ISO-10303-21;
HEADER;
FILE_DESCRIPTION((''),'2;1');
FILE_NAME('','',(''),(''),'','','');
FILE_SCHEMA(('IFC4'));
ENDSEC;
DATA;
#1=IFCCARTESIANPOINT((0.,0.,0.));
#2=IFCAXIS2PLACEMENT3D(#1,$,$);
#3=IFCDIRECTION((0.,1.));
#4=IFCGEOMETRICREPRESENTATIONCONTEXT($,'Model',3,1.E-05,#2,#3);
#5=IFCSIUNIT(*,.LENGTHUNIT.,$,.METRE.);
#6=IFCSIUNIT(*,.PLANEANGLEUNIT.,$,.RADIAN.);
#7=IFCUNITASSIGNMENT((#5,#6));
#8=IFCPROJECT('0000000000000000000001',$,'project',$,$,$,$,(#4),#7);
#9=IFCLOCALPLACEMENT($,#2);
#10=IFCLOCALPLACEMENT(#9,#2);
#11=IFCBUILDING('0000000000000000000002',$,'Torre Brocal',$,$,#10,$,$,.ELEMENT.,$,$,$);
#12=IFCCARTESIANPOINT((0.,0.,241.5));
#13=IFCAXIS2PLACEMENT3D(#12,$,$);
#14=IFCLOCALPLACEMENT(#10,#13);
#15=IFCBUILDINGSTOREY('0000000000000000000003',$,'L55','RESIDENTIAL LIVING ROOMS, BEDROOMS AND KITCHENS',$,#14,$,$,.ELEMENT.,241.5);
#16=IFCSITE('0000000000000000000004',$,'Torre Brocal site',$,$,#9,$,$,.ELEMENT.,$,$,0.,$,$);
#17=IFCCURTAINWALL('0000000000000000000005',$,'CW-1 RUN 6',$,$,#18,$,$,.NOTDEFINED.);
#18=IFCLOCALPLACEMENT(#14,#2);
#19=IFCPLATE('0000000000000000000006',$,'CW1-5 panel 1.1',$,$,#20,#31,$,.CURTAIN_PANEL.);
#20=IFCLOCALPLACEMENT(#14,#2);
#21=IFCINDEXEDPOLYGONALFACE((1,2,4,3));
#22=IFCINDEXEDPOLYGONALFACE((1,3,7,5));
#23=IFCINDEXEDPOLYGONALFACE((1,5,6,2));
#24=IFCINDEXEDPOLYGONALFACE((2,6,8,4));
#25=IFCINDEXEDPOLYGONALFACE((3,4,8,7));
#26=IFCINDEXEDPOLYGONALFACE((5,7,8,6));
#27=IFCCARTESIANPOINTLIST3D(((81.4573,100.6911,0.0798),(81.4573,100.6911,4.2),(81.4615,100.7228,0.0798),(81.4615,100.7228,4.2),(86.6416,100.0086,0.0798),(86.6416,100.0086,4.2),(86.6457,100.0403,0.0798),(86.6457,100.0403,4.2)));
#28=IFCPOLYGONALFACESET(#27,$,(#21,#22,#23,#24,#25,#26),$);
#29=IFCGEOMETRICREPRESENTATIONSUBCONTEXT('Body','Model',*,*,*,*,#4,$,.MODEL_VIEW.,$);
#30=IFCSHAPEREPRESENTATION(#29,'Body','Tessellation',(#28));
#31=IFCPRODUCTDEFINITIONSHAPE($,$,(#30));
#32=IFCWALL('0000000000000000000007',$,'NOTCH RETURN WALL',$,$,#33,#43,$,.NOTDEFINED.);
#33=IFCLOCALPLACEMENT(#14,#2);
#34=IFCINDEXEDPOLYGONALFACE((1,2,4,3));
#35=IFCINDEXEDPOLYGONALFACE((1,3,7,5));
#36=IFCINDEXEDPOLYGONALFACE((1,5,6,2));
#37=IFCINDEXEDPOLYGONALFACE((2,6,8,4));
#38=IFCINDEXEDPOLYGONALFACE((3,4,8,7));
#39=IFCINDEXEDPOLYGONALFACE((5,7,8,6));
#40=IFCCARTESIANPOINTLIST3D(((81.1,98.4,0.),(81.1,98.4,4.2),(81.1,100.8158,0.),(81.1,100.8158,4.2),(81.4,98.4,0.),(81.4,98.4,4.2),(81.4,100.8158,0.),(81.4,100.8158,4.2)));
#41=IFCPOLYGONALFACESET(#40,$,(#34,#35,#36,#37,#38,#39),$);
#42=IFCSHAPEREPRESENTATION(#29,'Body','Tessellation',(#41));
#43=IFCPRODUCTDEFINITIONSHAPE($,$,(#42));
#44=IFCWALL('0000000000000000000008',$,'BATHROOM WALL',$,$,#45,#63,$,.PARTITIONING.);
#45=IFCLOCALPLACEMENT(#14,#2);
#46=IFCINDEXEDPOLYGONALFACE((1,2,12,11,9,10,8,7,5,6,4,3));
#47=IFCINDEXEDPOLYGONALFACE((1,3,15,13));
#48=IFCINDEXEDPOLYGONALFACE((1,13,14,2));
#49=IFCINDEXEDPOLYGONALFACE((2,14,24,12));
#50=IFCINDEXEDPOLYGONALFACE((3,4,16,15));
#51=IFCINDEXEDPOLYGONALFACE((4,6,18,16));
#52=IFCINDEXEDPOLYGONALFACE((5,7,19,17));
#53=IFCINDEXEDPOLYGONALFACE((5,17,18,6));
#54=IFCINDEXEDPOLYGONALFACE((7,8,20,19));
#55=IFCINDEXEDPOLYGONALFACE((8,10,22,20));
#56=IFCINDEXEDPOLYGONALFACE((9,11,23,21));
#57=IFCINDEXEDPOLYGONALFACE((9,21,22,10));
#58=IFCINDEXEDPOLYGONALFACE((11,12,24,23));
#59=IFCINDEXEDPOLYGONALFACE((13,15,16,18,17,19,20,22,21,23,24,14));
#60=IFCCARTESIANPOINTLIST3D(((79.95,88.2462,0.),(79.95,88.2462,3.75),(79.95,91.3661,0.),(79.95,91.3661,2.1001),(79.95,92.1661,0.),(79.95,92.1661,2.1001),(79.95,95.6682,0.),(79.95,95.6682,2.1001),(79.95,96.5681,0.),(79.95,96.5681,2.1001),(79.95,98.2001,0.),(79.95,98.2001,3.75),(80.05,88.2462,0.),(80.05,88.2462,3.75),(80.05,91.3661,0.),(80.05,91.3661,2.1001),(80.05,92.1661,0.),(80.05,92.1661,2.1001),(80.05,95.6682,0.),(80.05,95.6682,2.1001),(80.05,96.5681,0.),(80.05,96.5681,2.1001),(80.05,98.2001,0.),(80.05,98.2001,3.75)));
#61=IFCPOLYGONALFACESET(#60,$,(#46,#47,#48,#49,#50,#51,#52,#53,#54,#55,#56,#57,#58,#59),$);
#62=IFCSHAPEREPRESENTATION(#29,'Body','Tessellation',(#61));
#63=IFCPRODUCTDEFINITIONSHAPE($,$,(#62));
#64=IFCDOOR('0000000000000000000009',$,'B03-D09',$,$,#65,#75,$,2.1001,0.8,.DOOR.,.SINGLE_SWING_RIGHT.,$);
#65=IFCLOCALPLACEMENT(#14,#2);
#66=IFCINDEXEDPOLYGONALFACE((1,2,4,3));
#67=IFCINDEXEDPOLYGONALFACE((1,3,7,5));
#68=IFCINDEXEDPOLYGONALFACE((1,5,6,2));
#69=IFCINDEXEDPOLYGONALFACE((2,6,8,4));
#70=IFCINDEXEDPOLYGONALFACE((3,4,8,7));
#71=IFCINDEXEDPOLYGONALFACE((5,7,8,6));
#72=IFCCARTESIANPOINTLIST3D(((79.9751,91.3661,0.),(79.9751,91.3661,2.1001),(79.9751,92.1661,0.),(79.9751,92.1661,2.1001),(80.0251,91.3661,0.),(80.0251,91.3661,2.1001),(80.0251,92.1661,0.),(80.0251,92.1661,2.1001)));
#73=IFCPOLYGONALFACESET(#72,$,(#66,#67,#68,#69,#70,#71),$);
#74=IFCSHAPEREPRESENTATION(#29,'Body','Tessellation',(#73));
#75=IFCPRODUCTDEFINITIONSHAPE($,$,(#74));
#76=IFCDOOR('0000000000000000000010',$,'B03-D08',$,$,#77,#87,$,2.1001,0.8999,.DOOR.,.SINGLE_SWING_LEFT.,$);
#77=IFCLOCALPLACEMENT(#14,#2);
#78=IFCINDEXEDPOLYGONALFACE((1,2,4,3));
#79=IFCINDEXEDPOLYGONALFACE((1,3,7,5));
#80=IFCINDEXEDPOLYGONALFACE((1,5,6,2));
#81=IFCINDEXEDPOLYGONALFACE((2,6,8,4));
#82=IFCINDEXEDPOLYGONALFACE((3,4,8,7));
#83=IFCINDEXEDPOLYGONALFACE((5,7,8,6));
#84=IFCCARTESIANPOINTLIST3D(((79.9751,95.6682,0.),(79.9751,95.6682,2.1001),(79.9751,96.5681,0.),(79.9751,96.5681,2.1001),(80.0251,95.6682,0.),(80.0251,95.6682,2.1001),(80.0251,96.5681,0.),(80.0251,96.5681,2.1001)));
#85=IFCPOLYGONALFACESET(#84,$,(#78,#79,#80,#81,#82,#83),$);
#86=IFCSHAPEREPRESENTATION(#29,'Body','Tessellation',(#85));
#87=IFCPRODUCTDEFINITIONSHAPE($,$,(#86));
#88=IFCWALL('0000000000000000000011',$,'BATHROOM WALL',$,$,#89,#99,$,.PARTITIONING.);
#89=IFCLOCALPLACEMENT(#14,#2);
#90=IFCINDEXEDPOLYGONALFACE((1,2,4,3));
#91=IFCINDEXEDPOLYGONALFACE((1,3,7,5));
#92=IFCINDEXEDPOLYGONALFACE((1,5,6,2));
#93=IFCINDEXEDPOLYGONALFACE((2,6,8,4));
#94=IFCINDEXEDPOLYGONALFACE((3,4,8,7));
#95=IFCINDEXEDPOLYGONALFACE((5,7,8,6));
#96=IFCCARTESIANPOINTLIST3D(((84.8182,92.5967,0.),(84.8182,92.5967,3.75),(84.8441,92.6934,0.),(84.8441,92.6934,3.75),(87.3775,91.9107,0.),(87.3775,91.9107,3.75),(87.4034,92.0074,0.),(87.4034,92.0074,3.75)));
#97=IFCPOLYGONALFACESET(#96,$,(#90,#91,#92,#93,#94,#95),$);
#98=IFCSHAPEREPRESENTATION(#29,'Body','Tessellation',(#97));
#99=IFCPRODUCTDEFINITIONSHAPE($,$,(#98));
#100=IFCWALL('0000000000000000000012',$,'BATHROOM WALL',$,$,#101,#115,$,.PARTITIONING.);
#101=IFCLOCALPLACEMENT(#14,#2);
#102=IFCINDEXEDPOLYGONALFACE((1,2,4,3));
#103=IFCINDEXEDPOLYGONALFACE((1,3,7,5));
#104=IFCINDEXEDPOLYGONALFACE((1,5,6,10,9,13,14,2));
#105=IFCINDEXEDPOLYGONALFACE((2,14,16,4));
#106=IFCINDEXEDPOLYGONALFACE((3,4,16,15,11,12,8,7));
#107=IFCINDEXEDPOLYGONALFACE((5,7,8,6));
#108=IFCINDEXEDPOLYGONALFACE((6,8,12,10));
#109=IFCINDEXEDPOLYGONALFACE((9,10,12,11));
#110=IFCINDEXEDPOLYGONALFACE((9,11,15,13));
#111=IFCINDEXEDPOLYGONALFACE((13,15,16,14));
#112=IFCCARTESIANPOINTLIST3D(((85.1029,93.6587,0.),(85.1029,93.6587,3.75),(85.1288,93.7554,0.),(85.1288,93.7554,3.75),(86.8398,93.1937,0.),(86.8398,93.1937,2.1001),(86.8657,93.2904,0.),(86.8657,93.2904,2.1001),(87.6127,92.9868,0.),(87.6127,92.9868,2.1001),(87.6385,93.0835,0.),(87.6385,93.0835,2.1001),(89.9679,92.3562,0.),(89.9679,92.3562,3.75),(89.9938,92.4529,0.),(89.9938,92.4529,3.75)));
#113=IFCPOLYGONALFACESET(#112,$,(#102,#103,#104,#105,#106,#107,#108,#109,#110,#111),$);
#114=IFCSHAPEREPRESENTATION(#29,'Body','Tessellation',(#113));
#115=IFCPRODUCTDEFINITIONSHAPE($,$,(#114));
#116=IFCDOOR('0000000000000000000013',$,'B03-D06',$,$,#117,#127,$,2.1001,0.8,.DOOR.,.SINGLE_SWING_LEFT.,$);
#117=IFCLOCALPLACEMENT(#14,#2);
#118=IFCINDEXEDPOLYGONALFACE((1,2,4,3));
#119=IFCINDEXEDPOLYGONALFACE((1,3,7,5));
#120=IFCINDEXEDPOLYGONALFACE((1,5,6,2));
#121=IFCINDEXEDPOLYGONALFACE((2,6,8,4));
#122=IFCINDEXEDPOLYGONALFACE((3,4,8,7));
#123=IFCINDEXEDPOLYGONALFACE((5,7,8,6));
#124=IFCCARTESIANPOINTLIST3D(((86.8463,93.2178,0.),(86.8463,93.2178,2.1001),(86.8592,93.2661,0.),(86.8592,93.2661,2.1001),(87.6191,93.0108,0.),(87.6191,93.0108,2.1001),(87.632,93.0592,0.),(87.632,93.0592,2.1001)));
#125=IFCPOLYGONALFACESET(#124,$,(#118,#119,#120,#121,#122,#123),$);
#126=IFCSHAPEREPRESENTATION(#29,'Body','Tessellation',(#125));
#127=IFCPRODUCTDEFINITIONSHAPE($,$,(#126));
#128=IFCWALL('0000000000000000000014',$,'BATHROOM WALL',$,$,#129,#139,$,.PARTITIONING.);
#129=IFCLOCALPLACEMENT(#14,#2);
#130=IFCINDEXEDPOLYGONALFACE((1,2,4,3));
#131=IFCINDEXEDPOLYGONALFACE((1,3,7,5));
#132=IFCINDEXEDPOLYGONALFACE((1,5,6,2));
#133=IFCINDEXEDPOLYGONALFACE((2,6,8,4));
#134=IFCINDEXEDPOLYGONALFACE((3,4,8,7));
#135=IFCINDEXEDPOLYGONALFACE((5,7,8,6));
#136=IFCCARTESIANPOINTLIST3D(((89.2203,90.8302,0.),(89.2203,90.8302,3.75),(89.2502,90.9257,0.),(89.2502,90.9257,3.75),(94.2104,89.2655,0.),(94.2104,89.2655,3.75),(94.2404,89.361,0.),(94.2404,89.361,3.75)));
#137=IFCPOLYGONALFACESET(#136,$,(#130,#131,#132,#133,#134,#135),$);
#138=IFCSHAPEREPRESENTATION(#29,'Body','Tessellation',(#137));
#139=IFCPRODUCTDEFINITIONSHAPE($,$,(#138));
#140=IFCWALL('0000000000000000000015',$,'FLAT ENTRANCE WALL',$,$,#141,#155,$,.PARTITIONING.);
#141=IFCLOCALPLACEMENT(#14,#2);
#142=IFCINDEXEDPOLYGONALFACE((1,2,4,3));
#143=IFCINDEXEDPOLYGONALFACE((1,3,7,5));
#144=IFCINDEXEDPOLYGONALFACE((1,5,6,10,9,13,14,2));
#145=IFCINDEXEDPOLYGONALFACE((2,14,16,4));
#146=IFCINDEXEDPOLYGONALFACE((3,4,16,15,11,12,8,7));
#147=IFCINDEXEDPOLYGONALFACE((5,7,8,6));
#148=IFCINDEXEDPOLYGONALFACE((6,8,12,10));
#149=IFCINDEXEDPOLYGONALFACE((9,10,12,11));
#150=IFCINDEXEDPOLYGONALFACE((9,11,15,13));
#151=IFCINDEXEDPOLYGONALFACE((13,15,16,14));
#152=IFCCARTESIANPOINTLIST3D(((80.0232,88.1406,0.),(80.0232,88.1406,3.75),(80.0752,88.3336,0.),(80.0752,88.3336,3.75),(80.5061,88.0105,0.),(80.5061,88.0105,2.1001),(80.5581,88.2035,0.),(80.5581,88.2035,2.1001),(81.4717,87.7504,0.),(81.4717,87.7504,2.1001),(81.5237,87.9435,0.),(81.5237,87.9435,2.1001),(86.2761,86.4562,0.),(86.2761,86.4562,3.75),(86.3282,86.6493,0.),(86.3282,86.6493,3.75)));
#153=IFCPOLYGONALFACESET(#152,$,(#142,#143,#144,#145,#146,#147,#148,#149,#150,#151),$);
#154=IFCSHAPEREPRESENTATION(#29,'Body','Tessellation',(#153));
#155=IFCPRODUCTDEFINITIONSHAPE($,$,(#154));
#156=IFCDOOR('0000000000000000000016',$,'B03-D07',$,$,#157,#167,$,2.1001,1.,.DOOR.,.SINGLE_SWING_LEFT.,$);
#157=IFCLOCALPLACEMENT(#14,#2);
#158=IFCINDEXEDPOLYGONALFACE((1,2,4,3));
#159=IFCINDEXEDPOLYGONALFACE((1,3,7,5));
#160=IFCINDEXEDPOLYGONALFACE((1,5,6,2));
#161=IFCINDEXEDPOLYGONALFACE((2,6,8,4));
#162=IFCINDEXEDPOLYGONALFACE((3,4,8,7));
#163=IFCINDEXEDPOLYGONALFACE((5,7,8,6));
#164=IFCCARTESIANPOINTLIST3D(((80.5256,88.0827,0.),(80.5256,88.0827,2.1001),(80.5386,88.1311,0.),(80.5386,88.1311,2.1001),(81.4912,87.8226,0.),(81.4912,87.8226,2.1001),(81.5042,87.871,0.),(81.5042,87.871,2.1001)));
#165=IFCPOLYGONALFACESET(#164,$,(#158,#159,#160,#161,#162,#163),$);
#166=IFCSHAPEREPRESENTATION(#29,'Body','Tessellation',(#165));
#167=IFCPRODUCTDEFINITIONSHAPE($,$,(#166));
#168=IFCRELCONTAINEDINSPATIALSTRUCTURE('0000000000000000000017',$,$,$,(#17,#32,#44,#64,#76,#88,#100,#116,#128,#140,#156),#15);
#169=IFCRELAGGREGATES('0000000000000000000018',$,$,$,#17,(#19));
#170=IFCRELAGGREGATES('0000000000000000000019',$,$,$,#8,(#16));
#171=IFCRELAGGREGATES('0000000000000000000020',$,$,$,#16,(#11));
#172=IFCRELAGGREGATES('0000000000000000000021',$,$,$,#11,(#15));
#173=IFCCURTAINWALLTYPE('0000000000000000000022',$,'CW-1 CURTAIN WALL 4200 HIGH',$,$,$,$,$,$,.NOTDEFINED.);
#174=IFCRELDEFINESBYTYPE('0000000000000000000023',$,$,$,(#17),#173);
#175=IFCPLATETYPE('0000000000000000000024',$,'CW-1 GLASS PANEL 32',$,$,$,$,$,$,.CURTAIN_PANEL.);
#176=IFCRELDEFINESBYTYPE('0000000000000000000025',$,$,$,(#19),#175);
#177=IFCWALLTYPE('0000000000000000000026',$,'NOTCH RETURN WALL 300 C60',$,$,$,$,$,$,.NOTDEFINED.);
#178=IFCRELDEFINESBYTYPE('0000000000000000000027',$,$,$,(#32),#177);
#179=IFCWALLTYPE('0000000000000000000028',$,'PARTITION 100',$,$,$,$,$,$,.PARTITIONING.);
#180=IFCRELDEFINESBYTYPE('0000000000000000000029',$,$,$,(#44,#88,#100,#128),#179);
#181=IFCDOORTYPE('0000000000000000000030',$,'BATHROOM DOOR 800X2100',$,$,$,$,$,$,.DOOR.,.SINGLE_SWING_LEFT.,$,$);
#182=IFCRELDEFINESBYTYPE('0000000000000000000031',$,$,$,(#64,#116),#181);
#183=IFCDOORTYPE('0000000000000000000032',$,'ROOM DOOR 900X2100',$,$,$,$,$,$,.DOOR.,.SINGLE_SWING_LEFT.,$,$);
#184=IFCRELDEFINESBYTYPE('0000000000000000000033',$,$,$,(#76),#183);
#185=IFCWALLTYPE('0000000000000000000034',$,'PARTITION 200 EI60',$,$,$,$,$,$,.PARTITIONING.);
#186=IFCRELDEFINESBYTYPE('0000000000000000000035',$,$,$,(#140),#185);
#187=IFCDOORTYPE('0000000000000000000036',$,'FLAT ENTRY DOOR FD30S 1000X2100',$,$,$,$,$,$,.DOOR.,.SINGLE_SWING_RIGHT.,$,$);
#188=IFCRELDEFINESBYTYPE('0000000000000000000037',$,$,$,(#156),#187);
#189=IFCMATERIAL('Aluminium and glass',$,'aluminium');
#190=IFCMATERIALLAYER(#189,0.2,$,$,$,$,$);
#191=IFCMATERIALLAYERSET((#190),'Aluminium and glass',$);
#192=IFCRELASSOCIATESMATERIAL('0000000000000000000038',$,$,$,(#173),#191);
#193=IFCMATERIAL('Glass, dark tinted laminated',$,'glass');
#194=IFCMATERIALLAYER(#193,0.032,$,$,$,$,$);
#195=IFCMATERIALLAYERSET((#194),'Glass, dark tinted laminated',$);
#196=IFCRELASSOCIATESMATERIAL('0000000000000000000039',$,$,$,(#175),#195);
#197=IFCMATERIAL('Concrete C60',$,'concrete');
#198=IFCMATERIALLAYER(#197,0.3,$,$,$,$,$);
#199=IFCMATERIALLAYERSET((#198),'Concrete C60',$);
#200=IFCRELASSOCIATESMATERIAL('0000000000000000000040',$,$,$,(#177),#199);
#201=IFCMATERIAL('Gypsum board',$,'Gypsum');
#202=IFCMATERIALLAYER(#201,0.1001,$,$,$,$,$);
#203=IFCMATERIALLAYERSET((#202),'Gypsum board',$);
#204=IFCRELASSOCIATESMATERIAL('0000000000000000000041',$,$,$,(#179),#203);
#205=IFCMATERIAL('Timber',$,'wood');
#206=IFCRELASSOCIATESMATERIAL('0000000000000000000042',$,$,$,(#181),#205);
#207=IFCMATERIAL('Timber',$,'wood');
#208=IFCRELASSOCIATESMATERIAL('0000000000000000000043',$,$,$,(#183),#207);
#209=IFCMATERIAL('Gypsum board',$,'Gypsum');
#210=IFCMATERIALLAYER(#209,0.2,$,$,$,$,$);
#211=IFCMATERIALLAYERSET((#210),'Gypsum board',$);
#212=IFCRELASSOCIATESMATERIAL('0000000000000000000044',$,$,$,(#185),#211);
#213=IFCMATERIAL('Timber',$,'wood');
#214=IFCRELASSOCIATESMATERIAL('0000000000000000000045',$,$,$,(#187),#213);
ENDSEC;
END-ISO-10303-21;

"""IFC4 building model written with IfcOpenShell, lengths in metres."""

from ifc_helpers import new_model, si_unit, direction, frame, frame_2d, origin, origin_2d, place, context, subcontext, project, spatial, rectangle, extrude, material, layer, layer_set, type_object, element, fill, aggregate, save


model = new_model("IFC4")

# Units and contexts
model_context = context("Model", 3, precision=1e-05, world=origin(), true_north=direction((0.0, 1.0)))
body_context = subcontext(model_context, "Body", "Model", "MODEL_VIEW")
ifc_project = project(units=[si_unit("LENGTHUNIT", "METRE"), si_unit("PLANEANGLEUNIT", "RADIAN")], contexts=[model_context])

# Site, building, storey
site_placement = place(None, origin())
site = spatial("IfcSite", under=ifc_project, at=site_placement, Name="Torre Brocal site", CompositionType="ELEMENT", RefElevation=0.0)
building_placement = place(site_placement, origin())
building = spatial("IfcBuilding", under=site, at=building_placement, Name="Torre Brocal", CompositionType="ELEMENT")
storey_placement = place(building_placement, frame((0.0, 0.0, 241.5)))
storey = spatial("IfcBuildingStorey", under=building, at=storey_placement, Name="L55", Description="RESIDENTIAL LIVING ROOMS, BEDROOMS AND KITCHENS", CompositionType="ELEMENT", Elevation=241.5)

# Shared definitions
ifc_material_1 = material(Name="Aluminium and glass", Category="aluminium")
ifc_layer_1 = layer(ifc_material_1, 0.2)
ifc_layer_set_1 = layer_set([ifc_layer_1], Name="Aluminium and glass")
curtain_wall_type = type_object("IfcCurtainWallType", Name="CW-1 CURTAIN WALL 4200 HIGH", PredefinedType="NOTDEFINED", material=ifc_layer_set_1)

# Curtain wall
curtain_wall_1_placement = place(storey_placement, origin())
curtain_wall_1 = element("IfcCurtainWall", 1, at=curtain_wall_1_placement, inside=storey, type_object=curtain_wall_type, Name="CW-1 RUN 6", PredefinedType="NOTDEFINED")

# Plate
ifc_material_2 = material(Name="Glass, dark tinted laminated", Category="glass")
ifc_layer_2 = layer(ifc_material_2, 0.032)
ifc_layer_set_2 = layer_set([ifc_layer_2], Name="Glass, dark tinted laminated")
plate_type = type_object("IfcPlateType", Name="CW-1 GLASS PANEL 32", PredefinedType="CURTAIN_PANEL", material=ifc_layer_set_2)
plate_1_placement = place(storey_placement, frame((84.0515, 100.3657, 0.0798), z_axis=(0.0, 0.0, 1.0), x_axis=(-0.991445, 0.130526, 0.0)))
plate_1 = element("IfcPlate", 2, at=plate_1_placement, type_object=plate_type, Name="CW1-5 panel 1.1", PredefinedType="CURTAIN_PANEL", context=body_context, shape_type="SweptSolid", body=[
    extrude(rectangle(XDim=5.229, YDim=0.032, at=origin_2d()), origin(), (0.0, 0.0, 1.0), 4.1201),
])
aggregate(curtain_wall_1, [plate_1])

# Wall
ifc_material_3 = material(Name="Concrete C60", Category="concrete")
ifc_layer_3 = layer(ifc_material_3, 0.3)
ifc_layer_set_3 = layer_set([ifc_layer_3], Name="Concrete C60")
wall_type_1 = type_object("IfcWallType", Name="NOTCH RETURN WALL 300 C60", PredefinedType="NOTDEFINED", material=ifc_layer_set_3)
wall_1_placement = place(storey_placement, frame((81.25, 98.3999, 0.0), z_axis=(0.0, 0.0, 1.0), x_axis=(0.0, 1.0, 0.0)))
element("IfcWall", 3, at=wall_1_placement, inside=storey, type_object=wall_type_1, Name="NOTCH RETURN WALL", PredefinedType="NOTDEFINED", context=body_context, shape_type="SweptSolid", body=[
    extrude(rectangle(XDim=2.4158, YDim=0.3, at=frame_2d((1.208, 0.0))), origin(), (0.0, 0.0, 1.0), 4.2),
])

# Wall, openings, doors
ifc_material_4 = material(Name="Gypsum board", Category="Gypsum")
ifc_layer_4 = layer(ifc_material_4, 0.1001)
ifc_layer_set_4 = layer_set([ifc_layer_4], Name="Gypsum board")
wall_type_2 = type_object("IfcWallType", Name="PARTITION 100", PredefinedType="PARTITIONING", material=ifc_layer_set_4)
wall_2_placement = place(storey_placement, frame((80.0, 88.2461, 0.0), z_axis=(0.0, 0.0, 1.0), x_axis=(0.0, 1.0, 0.0)))
wall_2 = element("IfcWall", 4, at=wall_2_placement, inside=storey, type_object=wall_type_2, Name="BATHROOM WALL", PredefinedType="PARTITIONING", context=body_context, shape_type="SweptSolid", body=[
    extrude(rectangle(XDim=9.9539, YDim=0.1001, at=frame_2d((4.9771, 0.0))), origin(), (0.0, 0.0, 1.0), 3.75),
])
opening_1_placement = place(wall_2_placement, frame((7.4221, 0.0, 0.0)))
opening_1 = element("IfcOpeningElement", 5, at=opening_1_placement, cuts=wall_2, PredefinedType="OPENING", context=body_context, shape_type="SweptSolid", body=[
    extrude(rectangle(XDim=0.8999, YDim=2.1001, at=frame_2d((0.45, 1.05))), frame((0.0, 0.0601, 0.0), z_axis=(0.0, -1.0, 0.0), x_axis=(1.0, 0.0, 0.0)), (0.0, 0.0, 1.0), 0.1201),
])
opening_2_placement = place(wall_2_placement, frame((3.1201, 0.0, 0.0)))
opening_2 = element("IfcOpeningElement", 6, at=opening_2_placement, cuts=wall_2, PredefinedType="OPENING", context=body_context, shape_type="SweptSolid", body=[
    extrude(rectangle(XDim=0.8, YDim=2.1001, at=frame_2d((0.3999, 1.05))), frame((0.0, 0.0601, 0.0), z_axis=(0.0, -1.0, 0.0), x_axis=(1.0, 0.0, 0.0)), (0.0, 0.0, 1.0), 0.1201),
])
ifc_material_5 = material(Name="Timber", Category="wood")
door_type_1 = type_object("IfcDoorType", Name="BATHROOM DOOR 800X2100", OperationType="SINGLE_SWING_LEFT", PredefinedType="DOOR", material=ifc_material_5)
door_1_placement = place(opening_2_placement, origin())
door_1 = element("IfcDoor", 7, at=door_1_placement, inside=storey, type_object=door_type_1, Name="B03-D09", OperationType="SINGLE_SWING_RIGHT", OverallHeight=2.1001, OverallWidth=0.8, PredefinedType="DOOR", context=body_context, shape_type="SweptSolid", body=[
    extrude(rectangle(XDim=0.8, YDim=2.1001, at=frame_2d((0.3999, 1.05))), frame((0.0, 0.0249, 0.0), z_axis=(0.0, -1.0, 0.0), x_axis=(1.0, 0.0, 0.0)), (0.0, 0.0, 1.0), 0.05),
])
fill(opening_2, door_1)
ifc_material_6 = material(Name="Timber", Category="wood")
door_type_2 = type_object("IfcDoorType", Name="ROOM DOOR 900X2100", OperationType="SINGLE_SWING_LEFT", PredefinedType="DOOR", material=ifc_material_6)
door_2_placement = place(opening_1_placement, origin())
door_2 = element("IfcDoor", 8, at=door_2_placement, inside=storey, type_object=door_type_2, Name="B03-D08", OperationType="SINGLE_SWING_LEFT", OverallHeight=2.1001, OverallWidth=0.8999, PredefinedType="DOOR", context=body_context, shape_type="SweptSolid", body=[
    extrude(rectangle(XDim=0.8999, YDim=2.1001, at=frame_2d((0.45, 1.05))), frame((0.0, 0.0249, 0.0), z_axis=(0.0, -1.0, 0.0), x_axis=(1.0, 0.0, 0.0)), (0.0, 0.0, 1.0), 0.05),
])
fill(opening_1, door_2)

# Wall
wall_3_placement = place(storey_placement, frame((84.8313, 92.645, 0.0), z_axis=(0.0, 0.0, 1.0), x_axis=(0.965901, -0.258913, 0.0)))
element("IfcWall", 9, at=wall_3_placement, inside=storey, type_object=wall_type_2, Name="BATHROOM WALL", PredefinedType="PARTITIONING", context=body_context, shape_type="SweptSolid", body=[
    extrude(rectangle(XDim=2.6497, YDim=0.1001, at=frame_2d((1.3247, 0.0))), origin(), (0.0, 0.0, 1.0), 3.75),
])

# Wall, opening, door
wall_4_placement = place(storey_placement, frame((85.116, 93.707, 0.0), z_axis=(0.0, 0.0, 1.0), x_axis=(0.965979, -0.258619, 0.0)))
wall_4 = element("IfcWall", 10, at=wall_4_placement, inside=storey, type_object=wall_type_2, Name="BATHROOM WALL", PredefinedType="PARTITIONING", context=body_context, shape_type="SweptSolid", body=[
    extrude(rectangle(XDim=5.0364, YDim=0.1001, at=frame_2d((2.5181, 0.0))), origin(), (0.0, 0.0, 1.0), 3.75),
])
opening_3_placement = place(wall_4_placement, frame((1.7981, 0.0, 0.0)))
opening_3 = element("IfcOpeningElement", 11, at=opening_3_placement, cuts=wall_4, PredefinedType="OPENING", context=body_context, shape_type="SweptSolid", body=[
    extrude(rectangle(XDim=0.8, YDim=2.1001, at=frame_2d((0.3999, 1.05))), frame((0.0, 0.0601, 0.0), z_axis=(0.0, -1.0, 0.0), x_axis=(1.0, 0.0, 0.0)), (0.0, 0.0, 1.0), 0.1201),
])
door_3_placement = place(opening_3_placement, origin())
door_3 = element("IfcDoor", 12, at=door_3_placement, inside=storey, type_object=door_type_1, Name="B03-D06", OperationType="SINGLE_SWING_LEFT", OverallHeight=2.1001, OverallWidth=0.8, PredefinedType="DOOR", context=body_context, shape_type="SweptSolid", body=[
    extrude(rectangle(XDim=0.8, YDim=2.1001, at=frame_2d((0.3999, 1.05))), frame((0.0, 0.0249, 0.0), z_axis=(0.0, -1.0, 0.0), x_axis=(1.0, 0.0, 0.0)), (0.0, 0.0, 1.0), 0.05),
])
fill(opening_3, door_3)

# Wall
wall_5_placement = place(storey_placement, frame((89.2354, 90.8779, 0.0), z_axis=(0.0, 0.0, 1.0), x_axis=(0.954194, -0.299189, 0.0)))
element("IfcWall", 13, at=wall_5_placement, inside=storey, type_object=wall_type_2, Name="BATHROOM WALL", PredefinedType="PARTITIONING", context=body_context, shape_type="SweptSolid", body=[
    extrude(rectangle(XDim=5.2297, YDim=0.1001, at=frame_2d((2.6147, 0.0))), origin(), (0.0, 0.0, 1.0), 3.75),
])

# Wall, opening, door
ifc_material_7 = material(Name="Gypsum board", Category="Gypsum")
ifc_layer_5 = layer(ifc_material_7, 0.2)
ifc_layer_set_5 = layer_set([ifc_layer_5], Name="Gypsum board")
wall_type_3 = type_object("IfcWallType", Name="PARTITION 200 EI60", PredefinedType="PARTITIONING", material=ifc_layer_set_5)
wall_6_placement = place(storey_placement, frame((80.0493, 88.2371, 0.0), z_axis=(0.0, 0.0, 1.0), x_axis=(0.965583, -0.260095, 0.0)))
wall_6 = element("IfcWall", 14, at=wall_6_placement, inside=storey, type_object=wall_type_3, Name="FLAT ENTRANCE WALL", PredefinedType="PARTITIONING", context=body_context, shape_type="SweptSolid", body=[
    extrude(rectangle(XDim=6.4758, YDim=0.2, at=frame_2d((3.2378, 0.0))), origin(), (0.0, 0.0, 1.0), 3.75),
])
opening_4_placement = place(wall_6_placement, frame((0.5, 0.0, 0.0)))
opening_4 = element("IfcOpeningElement", 15, at=opening_4_placement, cuts=wall_6, PredefinedType="OPENING", context=body_context, shape_type="SweptSolid", body=[
    extrude(rectangle(XDim=1.0, YDim=2.1001, at=frame_2d((0.5, 1.05))), frame((0.0, 0.1099, 0.0), z_axis=(0.0, -1.0, 0.0), x_axis=(1.0, 0.0, 0.0)), (0.0, 0.0, 1.0), 0.22),
])
ifc_material_8 = material(Name="Timber", Category="wood")
door_type_3 = type_object("IfcDoorType", Name="FLAT ENTRY DOOR FD30S 1000X2100", OperationType="SINGLE_SWING_RIGHT", PredefinedType="DOOR", material=ifc_material_8)
door_4_placement = place(opening_4_placement, origin())
door_4 = element("IfcDoor", 16, at=door_4_placement, inside=storey, type_object=door_type_3, Name="B03-D07", OperationType="SINGLE_SWING_LEFT", OverallHeight=2.1001, OverallWidth=1.0, PredefinedType="DOOR", context=body_context, shape_type="SweptSolid", body=[
    extrude(rectangle(XDim=1.0, YDim=2.1001, at=frame_2d((0.5, 1.05))), frame((0.0, 0.0249, 0.0), z_axis=(0.0, -1.0, 0.0), x_axis=(1.0, 0.0, 0.0)), (0.0, 0.0, 1.0), 0.05),
])
fill(opening_4, door_4)

save(model, "model.ifc")
